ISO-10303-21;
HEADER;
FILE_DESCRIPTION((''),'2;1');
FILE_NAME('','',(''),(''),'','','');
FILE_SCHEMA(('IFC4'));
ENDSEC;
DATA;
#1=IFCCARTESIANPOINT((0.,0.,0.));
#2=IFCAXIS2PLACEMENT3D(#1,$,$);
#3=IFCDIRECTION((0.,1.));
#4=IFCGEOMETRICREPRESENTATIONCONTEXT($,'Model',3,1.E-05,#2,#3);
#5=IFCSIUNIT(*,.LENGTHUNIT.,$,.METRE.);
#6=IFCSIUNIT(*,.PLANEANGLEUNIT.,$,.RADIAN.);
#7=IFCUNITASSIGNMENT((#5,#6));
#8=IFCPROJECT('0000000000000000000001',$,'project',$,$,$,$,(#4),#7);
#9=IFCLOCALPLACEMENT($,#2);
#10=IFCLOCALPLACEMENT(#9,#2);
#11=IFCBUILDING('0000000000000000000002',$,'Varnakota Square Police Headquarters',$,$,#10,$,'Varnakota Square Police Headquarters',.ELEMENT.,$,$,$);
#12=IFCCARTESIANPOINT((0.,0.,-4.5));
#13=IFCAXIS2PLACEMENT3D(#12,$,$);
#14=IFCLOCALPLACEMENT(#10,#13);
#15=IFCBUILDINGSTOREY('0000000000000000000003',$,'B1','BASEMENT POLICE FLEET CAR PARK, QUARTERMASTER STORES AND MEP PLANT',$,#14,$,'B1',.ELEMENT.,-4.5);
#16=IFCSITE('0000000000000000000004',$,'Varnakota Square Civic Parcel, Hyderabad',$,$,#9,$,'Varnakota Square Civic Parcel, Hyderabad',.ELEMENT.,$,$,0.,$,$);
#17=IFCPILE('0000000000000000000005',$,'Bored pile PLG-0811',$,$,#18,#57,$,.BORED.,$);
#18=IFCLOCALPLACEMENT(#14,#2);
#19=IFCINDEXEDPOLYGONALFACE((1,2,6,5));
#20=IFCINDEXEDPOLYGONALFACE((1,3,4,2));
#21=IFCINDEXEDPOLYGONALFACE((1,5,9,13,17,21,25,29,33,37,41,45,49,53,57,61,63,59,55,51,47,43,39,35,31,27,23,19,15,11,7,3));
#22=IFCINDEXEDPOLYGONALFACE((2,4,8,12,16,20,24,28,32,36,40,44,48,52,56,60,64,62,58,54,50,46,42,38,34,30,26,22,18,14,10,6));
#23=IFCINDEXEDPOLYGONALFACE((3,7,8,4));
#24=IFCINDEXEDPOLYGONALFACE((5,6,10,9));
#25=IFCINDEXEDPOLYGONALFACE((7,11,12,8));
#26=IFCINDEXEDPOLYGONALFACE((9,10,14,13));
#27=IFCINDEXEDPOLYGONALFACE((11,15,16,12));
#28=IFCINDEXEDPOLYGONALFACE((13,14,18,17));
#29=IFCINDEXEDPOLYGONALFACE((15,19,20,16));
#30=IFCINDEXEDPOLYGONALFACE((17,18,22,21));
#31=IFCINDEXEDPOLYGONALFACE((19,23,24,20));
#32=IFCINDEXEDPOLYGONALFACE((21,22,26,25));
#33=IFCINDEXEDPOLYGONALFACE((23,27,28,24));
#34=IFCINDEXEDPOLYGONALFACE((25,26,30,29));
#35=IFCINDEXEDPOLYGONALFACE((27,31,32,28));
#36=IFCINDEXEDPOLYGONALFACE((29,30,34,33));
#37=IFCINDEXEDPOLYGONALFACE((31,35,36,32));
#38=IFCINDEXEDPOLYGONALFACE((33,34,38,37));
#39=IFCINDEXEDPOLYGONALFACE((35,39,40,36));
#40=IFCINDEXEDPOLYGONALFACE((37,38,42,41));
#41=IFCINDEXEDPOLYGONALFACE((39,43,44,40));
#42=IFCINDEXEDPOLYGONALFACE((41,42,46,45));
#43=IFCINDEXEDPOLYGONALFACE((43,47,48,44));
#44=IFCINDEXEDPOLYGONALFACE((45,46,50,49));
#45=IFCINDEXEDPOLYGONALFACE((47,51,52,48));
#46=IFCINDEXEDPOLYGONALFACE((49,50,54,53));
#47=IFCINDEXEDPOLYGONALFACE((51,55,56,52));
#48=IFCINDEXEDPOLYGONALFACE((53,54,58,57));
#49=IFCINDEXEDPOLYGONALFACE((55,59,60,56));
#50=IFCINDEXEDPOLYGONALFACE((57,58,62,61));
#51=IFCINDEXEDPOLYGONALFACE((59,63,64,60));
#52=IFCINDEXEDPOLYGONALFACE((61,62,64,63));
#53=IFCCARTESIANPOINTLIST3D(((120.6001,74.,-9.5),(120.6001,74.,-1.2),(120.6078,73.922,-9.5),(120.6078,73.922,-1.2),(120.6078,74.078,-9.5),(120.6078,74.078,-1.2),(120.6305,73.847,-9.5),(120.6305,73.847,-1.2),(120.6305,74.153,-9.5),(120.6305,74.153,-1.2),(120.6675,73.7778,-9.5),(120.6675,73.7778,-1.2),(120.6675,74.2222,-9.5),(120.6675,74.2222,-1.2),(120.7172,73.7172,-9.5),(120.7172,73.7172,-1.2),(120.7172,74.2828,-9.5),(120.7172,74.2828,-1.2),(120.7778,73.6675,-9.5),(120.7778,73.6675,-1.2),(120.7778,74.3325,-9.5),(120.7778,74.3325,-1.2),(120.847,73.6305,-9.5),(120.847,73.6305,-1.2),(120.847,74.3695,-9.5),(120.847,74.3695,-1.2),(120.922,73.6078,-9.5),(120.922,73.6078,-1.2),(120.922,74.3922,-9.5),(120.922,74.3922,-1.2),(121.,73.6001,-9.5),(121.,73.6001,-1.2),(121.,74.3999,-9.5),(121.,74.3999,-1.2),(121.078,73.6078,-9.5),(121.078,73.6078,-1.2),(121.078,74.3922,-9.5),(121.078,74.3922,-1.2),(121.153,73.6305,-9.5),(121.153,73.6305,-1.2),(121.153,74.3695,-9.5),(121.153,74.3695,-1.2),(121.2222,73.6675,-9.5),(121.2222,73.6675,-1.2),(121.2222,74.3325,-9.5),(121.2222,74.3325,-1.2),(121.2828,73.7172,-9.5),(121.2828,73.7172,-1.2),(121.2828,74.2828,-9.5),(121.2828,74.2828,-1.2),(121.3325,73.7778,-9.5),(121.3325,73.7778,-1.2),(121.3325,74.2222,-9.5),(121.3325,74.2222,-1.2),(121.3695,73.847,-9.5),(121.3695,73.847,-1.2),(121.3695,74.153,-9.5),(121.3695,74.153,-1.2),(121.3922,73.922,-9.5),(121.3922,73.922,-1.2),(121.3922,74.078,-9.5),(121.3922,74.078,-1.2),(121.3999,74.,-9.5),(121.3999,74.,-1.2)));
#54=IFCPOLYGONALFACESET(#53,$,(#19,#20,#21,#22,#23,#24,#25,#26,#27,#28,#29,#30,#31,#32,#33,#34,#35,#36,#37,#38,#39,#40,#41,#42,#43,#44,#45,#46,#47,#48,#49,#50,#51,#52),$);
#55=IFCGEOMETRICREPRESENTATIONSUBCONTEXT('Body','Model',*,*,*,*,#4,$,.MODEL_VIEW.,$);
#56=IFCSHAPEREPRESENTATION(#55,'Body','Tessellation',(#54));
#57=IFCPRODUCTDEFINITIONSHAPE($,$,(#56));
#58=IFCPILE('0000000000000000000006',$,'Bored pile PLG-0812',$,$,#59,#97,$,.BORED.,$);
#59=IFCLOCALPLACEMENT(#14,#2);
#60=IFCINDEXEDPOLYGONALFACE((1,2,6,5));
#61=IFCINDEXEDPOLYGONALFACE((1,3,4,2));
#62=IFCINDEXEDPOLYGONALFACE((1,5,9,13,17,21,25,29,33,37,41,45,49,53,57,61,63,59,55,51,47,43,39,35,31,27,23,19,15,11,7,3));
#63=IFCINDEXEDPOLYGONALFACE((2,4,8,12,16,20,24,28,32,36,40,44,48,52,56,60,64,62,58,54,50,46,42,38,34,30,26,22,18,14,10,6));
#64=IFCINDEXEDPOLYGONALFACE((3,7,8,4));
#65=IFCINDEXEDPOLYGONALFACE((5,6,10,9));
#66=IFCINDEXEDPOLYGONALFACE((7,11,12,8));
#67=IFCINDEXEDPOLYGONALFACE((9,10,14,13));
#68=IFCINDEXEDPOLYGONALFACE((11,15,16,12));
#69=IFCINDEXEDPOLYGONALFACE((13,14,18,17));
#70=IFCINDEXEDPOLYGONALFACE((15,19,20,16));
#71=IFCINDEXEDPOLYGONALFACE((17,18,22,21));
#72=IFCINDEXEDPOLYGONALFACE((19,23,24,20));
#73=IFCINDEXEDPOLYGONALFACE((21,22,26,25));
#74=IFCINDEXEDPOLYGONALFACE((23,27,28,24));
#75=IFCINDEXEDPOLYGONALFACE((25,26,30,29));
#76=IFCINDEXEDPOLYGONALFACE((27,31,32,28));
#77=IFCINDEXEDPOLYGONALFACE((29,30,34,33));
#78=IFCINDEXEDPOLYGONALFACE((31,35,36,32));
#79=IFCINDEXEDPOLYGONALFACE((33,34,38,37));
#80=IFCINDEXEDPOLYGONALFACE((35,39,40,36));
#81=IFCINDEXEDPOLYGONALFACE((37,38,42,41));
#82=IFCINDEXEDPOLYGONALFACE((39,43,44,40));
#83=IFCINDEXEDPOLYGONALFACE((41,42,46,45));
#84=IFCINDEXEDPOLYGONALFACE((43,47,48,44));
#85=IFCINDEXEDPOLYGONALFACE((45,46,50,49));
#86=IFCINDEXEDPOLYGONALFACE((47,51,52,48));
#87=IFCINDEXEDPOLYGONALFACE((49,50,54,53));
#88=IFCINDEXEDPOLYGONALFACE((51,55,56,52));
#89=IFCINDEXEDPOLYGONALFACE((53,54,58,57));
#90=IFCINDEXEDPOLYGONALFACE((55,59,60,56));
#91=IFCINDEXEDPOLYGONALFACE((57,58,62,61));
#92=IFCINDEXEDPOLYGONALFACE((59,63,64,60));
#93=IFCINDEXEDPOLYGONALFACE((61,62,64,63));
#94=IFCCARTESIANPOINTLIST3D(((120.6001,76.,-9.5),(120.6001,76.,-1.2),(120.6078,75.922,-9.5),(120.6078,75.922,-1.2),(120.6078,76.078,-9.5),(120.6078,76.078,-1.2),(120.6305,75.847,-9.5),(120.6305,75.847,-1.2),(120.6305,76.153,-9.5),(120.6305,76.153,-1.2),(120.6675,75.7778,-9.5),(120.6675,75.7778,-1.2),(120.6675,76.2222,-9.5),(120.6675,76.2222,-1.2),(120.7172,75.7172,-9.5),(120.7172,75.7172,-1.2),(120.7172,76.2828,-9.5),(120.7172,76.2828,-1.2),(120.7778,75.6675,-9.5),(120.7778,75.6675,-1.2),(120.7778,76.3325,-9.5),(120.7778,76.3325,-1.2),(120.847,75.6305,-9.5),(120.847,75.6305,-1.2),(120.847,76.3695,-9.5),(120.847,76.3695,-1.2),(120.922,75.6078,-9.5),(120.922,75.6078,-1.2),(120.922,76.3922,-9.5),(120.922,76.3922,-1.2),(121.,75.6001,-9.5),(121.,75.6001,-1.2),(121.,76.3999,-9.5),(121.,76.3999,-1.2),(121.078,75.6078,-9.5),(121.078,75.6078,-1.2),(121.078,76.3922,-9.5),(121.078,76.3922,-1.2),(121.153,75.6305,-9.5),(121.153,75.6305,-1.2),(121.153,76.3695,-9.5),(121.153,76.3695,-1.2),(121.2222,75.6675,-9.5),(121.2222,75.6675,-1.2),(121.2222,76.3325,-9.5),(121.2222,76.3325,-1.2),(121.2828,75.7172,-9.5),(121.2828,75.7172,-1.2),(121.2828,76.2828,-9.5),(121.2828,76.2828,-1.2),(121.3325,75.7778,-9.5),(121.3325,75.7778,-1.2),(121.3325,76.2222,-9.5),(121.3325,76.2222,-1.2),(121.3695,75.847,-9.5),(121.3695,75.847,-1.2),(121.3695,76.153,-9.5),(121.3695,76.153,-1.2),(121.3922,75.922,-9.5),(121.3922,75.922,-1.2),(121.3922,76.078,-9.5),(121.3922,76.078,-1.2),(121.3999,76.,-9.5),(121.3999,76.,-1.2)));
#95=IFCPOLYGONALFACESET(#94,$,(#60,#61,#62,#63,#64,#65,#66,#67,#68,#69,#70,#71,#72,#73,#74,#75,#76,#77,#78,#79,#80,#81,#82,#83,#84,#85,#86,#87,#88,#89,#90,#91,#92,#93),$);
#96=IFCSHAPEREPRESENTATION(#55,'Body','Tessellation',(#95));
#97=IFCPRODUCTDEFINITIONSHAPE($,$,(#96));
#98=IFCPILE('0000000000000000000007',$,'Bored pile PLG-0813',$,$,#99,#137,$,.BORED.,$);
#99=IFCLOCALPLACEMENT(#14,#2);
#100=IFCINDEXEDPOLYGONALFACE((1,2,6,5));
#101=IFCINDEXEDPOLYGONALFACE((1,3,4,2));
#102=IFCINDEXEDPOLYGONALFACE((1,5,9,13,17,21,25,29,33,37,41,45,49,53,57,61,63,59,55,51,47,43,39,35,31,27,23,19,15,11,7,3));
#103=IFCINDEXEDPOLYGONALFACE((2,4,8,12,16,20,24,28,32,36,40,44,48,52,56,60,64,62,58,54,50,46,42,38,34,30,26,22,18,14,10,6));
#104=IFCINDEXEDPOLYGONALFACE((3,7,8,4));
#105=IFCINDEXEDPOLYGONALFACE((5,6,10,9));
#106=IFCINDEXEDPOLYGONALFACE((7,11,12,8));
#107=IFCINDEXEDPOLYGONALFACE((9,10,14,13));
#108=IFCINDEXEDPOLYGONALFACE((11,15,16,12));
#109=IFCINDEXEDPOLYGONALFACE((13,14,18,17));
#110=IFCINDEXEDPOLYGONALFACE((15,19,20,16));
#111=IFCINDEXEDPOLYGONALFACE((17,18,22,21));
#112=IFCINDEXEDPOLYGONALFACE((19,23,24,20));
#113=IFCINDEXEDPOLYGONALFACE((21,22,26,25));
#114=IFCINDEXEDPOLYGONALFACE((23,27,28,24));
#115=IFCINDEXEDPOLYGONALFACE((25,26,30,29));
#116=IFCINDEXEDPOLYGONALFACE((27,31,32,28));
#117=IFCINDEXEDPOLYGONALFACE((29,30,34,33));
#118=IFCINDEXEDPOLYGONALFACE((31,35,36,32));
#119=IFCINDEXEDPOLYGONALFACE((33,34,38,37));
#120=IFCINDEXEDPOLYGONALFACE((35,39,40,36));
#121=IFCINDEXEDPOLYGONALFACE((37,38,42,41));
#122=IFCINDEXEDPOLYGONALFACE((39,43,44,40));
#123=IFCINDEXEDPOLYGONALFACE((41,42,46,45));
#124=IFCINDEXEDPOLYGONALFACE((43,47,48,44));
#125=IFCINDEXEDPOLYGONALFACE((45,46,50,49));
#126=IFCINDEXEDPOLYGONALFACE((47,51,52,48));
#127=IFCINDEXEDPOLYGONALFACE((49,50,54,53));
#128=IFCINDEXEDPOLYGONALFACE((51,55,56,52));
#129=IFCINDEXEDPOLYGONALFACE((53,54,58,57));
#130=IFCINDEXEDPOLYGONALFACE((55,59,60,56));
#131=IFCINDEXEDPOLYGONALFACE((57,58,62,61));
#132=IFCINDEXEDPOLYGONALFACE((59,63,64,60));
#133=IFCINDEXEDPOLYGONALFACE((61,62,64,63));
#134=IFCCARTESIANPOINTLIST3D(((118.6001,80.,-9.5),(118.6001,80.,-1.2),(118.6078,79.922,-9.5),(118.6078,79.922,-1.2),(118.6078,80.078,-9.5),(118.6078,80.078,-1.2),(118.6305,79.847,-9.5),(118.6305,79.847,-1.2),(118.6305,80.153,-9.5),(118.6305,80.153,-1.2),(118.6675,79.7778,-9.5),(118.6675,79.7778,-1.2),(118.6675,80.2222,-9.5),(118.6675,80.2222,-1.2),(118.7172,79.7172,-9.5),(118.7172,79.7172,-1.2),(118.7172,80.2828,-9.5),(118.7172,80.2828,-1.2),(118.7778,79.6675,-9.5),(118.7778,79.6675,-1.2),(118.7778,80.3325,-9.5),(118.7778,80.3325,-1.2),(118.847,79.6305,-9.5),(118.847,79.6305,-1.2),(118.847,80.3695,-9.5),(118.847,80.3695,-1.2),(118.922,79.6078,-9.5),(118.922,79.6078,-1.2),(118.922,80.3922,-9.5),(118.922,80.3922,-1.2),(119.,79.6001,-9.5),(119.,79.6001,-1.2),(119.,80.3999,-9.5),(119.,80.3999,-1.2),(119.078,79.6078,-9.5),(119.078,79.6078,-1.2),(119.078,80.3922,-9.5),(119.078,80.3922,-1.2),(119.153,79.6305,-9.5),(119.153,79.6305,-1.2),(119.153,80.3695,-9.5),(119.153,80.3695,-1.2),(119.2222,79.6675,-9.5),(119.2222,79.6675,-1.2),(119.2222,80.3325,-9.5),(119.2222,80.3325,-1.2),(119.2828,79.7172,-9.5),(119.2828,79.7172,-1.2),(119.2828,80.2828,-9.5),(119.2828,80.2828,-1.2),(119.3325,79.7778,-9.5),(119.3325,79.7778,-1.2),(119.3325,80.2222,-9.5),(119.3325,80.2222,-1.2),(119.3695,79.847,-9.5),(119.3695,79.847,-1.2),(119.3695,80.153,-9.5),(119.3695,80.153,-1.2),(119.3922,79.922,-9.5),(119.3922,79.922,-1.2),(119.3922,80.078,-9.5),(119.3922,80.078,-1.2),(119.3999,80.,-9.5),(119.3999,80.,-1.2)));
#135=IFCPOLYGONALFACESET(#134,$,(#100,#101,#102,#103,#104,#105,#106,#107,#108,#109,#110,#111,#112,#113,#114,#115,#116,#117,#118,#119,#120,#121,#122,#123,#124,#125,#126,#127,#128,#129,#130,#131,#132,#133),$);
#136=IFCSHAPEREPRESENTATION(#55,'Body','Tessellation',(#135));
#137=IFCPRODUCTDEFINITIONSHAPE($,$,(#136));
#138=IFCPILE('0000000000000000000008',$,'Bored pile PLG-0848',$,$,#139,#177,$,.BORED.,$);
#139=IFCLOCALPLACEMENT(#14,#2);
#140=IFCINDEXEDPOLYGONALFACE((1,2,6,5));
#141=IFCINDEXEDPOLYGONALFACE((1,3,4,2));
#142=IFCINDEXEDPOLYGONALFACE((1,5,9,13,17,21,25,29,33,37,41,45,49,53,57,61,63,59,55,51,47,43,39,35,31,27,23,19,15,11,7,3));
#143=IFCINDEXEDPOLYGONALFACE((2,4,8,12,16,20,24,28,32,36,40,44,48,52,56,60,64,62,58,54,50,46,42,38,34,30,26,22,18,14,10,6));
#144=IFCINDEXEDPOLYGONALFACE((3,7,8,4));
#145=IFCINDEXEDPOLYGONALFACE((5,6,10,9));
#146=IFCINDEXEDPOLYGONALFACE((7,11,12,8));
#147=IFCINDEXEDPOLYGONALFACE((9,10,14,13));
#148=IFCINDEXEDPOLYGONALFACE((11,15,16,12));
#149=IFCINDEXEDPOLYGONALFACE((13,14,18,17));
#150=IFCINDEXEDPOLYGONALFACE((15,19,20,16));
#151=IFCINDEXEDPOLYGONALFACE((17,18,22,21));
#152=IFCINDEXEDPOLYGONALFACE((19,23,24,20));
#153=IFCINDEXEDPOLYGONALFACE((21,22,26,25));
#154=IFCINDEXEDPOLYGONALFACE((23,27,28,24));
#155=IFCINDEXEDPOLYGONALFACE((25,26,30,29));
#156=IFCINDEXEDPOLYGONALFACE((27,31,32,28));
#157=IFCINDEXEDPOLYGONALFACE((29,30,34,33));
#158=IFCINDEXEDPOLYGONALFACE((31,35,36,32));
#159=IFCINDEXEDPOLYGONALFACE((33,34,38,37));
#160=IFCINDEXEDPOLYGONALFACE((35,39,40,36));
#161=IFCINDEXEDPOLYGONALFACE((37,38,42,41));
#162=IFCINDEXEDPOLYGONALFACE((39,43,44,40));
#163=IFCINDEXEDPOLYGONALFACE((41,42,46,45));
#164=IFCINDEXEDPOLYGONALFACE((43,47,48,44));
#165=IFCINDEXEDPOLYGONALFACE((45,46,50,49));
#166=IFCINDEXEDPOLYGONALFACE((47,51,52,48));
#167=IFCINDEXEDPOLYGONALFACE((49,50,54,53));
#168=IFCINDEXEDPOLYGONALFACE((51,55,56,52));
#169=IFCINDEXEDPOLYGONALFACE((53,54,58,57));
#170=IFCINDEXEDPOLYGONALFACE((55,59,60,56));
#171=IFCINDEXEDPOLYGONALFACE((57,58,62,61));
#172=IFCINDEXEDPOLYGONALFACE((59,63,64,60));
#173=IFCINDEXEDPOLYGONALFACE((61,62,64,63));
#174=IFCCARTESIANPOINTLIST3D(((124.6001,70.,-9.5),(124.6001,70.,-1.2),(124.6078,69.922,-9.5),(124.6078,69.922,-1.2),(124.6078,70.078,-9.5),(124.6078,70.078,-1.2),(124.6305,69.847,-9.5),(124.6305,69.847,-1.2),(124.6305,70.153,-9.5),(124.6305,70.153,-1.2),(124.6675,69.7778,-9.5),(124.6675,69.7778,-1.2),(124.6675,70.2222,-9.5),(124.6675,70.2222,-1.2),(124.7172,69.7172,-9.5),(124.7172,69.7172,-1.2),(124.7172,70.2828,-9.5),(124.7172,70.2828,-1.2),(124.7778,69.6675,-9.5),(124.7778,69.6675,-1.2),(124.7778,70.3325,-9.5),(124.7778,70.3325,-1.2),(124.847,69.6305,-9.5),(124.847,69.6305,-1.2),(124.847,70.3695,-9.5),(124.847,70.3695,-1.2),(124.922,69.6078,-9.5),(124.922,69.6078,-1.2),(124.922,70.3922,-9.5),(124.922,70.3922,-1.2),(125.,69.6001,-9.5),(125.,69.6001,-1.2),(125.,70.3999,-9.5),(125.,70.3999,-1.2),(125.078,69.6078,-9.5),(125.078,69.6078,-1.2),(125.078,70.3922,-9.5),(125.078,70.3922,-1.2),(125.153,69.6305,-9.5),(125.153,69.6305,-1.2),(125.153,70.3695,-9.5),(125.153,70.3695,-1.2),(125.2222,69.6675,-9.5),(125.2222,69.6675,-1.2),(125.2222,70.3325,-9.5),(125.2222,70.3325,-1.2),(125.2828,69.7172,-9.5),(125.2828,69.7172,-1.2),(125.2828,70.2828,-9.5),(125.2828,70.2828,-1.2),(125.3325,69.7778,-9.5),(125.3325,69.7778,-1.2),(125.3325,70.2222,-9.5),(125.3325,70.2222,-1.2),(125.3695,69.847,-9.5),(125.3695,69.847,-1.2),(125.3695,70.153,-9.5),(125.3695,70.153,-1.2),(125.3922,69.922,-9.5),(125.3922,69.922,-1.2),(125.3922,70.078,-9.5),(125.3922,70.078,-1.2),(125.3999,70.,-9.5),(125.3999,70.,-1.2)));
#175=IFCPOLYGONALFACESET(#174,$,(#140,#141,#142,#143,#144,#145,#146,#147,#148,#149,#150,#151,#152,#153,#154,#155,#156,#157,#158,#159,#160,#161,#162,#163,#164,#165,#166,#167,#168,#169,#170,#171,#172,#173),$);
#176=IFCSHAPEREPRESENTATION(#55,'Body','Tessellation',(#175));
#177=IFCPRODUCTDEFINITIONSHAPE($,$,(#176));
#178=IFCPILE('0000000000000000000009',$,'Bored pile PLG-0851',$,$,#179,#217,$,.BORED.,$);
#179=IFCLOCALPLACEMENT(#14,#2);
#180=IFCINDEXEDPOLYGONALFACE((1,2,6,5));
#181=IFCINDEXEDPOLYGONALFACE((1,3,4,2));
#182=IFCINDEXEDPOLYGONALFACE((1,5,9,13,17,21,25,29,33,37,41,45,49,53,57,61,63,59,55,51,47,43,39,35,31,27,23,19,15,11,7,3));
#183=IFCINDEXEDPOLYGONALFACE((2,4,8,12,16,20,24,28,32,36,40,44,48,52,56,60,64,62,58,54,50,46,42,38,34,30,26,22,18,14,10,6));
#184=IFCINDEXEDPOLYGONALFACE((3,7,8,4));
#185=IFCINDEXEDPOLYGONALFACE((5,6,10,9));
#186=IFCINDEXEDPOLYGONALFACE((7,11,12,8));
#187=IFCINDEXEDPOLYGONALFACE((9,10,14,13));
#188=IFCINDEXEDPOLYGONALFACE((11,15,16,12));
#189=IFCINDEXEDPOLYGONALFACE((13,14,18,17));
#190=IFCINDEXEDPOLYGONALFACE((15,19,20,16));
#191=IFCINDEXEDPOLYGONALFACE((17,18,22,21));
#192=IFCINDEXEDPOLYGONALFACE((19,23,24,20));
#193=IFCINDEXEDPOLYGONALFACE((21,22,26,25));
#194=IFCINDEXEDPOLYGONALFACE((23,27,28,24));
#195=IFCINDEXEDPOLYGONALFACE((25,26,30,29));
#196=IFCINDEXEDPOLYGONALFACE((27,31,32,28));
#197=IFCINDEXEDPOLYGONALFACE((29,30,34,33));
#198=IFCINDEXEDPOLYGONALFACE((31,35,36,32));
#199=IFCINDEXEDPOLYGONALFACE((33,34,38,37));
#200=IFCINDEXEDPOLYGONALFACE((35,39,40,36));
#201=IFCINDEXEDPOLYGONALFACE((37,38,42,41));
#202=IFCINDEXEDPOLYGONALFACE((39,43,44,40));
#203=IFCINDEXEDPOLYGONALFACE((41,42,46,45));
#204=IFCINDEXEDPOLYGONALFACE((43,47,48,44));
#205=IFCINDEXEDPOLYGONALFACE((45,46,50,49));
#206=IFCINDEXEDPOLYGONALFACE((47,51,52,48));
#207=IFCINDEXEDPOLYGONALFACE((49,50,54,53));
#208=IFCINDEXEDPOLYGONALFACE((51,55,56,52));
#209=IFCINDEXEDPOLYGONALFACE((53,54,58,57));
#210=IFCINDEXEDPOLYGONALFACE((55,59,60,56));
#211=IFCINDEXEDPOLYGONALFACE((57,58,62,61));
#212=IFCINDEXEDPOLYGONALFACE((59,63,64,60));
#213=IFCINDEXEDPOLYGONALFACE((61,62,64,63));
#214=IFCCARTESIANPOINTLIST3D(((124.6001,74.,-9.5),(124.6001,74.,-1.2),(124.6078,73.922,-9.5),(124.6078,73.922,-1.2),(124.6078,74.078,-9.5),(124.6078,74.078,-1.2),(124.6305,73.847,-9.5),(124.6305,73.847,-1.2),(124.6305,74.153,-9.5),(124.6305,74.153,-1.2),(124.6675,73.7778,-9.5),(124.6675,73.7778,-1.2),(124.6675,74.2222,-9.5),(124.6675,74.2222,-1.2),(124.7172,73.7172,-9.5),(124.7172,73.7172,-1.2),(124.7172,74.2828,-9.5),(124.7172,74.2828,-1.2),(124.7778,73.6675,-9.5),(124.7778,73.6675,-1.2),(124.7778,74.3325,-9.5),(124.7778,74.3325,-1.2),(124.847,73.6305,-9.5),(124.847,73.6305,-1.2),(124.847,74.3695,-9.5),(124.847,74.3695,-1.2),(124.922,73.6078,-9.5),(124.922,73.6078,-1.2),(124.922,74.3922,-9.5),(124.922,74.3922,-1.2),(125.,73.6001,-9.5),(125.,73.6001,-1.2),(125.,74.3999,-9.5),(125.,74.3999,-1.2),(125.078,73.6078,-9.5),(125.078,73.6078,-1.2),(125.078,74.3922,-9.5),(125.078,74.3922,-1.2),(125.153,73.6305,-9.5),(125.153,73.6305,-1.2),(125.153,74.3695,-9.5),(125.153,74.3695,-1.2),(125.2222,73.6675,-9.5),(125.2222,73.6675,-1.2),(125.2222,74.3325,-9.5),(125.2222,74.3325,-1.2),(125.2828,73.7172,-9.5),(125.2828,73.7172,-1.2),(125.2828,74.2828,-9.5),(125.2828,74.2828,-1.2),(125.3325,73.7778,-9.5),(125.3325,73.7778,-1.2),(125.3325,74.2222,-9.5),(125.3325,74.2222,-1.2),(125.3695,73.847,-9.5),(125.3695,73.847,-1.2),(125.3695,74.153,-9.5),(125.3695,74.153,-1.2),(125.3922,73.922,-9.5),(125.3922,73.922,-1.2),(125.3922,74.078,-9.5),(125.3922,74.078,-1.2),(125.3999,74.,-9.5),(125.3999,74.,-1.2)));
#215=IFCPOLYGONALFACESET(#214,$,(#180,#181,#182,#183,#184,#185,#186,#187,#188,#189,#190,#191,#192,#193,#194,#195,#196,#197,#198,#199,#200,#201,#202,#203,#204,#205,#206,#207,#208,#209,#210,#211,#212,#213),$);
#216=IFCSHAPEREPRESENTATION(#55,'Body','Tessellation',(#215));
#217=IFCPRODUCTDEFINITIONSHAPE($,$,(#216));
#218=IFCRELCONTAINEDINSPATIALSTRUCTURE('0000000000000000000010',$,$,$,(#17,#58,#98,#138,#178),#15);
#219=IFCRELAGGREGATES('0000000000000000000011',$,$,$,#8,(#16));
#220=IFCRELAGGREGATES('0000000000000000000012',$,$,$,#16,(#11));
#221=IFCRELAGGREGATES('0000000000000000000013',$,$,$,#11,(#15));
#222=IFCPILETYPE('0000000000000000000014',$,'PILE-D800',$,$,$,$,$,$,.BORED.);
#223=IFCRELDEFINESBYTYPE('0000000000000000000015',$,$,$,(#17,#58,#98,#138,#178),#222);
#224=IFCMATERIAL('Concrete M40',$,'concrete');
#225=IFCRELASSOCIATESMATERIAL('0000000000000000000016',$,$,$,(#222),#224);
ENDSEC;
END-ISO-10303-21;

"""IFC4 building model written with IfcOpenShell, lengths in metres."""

from ifc_helpers import new_model, si_unit, direction, frame, origin, origin_2d, place, context, subcontext, project, spatial, circle, extrude, material, material_profile, profile_set, type_object, element, save


model = new_model("IFC4")

# Units and contexts
model_context = context("Model", 3, precision=1e-05, world=origin(), true_north=direction((0.0, 1.0)))
body_context = subcontext(model_context, "Body", "Model", "MODEL_VIEW")
ifc_project = project(units=[si_unit("LENGTHUNIT", "METRE"), si_unit("PLANEANGLEUNIT", "RADIAN")], contexts=[model_context])

# Site, building, storey
site_placement = place(None, origin())
site = spatial("IfcSite", under=ifc_project, at=site_placement, Name="Varnakota Square Civic Parcel, Hyderabad", LongName="Varnakota Square Civic Parcel, Hyderabad", CompositionType="ELEMENT", RefElevation=0.0)
building_placement = place(site_placement, origin())
building = spatial("IfcBuilding", under=site, at=building_placement, Name="Varnakota Square Police Headquarters", LongName="Varnakota Square Police Headquarters", CompositionType="ELEMENT")
storey_placement = place(building_placement, frame((0.0, 0.0, -4.5)))
storey = spatial("IfcBuildingStorey", under=building, at=storey_placement, Name="B1", Description="BASEMENT POLICE FLEET CAR PARK, QUARTERMASTER STORES AND MEP PLANT", LongName="B1", CompositionType="ELEMENT", Elevation=-4.5)

# Shared definitions
ifc_material_1 = material(Name="Concrete M40", Category="concrete")

# Piles
ifc_material_profile_1 = material_profile(ifc_material_1, circle(Radius=0.3999, at=origin_2d()), Name="BORED PILE 800")
ifc_profile_set_1 = profile_set([ifc_material_profile_1], Name="Concrete M40")
pile_type = type_object("IfcPileType", Name="PILE-D800", PredefinedType="BORED", material=ifc_profile_set_1)
for number, where, z_axis, x_axis, name in (
    (1, (121.0, 74.0, -1.2), (0.0, 0.0, -1.0), (1.0, 0.0, 0.0), "Bored pile PLG-0811"),
    (2, (121.0, 76.0, -1.2), (0.0, 0.0, -1.0), (1.0, 0.0, 0.0), "Bored pile PLG-0812"),
    (3, (119.0, 80.0, -1.2), (0.0, 0.0, -1.0), (1.0, 0.0, 0.0), "Bored pile PLG-0813"),
    (4, (125.0, 70.0, -1.2), (0.0, 0.0, -1.0), (1.0, 0.0, 0.0), "Bored pile PLG-0848"),
    (5, (125.0, 74.0, -1.2), (0.0, 0.0, -1.0), (1.0, 0.0, 0.0), "Bored pile PLG-0851"),
):
    element("IfcPile", number, at=place(storey_placement, frame(where, z_axis=z_axis, x_axis=x_axis)), inside=storey, type_object=pile_type, Name=name, PredefinedType="BORED", context=body_context, shape_type="SweptSolid", body=[
        extrude(circle(Radius=0.3999, at=origin_2d()), origin(), (0.0, 0.0, 1.0), 8.3),
    ])

save(model, "model.ifc")
